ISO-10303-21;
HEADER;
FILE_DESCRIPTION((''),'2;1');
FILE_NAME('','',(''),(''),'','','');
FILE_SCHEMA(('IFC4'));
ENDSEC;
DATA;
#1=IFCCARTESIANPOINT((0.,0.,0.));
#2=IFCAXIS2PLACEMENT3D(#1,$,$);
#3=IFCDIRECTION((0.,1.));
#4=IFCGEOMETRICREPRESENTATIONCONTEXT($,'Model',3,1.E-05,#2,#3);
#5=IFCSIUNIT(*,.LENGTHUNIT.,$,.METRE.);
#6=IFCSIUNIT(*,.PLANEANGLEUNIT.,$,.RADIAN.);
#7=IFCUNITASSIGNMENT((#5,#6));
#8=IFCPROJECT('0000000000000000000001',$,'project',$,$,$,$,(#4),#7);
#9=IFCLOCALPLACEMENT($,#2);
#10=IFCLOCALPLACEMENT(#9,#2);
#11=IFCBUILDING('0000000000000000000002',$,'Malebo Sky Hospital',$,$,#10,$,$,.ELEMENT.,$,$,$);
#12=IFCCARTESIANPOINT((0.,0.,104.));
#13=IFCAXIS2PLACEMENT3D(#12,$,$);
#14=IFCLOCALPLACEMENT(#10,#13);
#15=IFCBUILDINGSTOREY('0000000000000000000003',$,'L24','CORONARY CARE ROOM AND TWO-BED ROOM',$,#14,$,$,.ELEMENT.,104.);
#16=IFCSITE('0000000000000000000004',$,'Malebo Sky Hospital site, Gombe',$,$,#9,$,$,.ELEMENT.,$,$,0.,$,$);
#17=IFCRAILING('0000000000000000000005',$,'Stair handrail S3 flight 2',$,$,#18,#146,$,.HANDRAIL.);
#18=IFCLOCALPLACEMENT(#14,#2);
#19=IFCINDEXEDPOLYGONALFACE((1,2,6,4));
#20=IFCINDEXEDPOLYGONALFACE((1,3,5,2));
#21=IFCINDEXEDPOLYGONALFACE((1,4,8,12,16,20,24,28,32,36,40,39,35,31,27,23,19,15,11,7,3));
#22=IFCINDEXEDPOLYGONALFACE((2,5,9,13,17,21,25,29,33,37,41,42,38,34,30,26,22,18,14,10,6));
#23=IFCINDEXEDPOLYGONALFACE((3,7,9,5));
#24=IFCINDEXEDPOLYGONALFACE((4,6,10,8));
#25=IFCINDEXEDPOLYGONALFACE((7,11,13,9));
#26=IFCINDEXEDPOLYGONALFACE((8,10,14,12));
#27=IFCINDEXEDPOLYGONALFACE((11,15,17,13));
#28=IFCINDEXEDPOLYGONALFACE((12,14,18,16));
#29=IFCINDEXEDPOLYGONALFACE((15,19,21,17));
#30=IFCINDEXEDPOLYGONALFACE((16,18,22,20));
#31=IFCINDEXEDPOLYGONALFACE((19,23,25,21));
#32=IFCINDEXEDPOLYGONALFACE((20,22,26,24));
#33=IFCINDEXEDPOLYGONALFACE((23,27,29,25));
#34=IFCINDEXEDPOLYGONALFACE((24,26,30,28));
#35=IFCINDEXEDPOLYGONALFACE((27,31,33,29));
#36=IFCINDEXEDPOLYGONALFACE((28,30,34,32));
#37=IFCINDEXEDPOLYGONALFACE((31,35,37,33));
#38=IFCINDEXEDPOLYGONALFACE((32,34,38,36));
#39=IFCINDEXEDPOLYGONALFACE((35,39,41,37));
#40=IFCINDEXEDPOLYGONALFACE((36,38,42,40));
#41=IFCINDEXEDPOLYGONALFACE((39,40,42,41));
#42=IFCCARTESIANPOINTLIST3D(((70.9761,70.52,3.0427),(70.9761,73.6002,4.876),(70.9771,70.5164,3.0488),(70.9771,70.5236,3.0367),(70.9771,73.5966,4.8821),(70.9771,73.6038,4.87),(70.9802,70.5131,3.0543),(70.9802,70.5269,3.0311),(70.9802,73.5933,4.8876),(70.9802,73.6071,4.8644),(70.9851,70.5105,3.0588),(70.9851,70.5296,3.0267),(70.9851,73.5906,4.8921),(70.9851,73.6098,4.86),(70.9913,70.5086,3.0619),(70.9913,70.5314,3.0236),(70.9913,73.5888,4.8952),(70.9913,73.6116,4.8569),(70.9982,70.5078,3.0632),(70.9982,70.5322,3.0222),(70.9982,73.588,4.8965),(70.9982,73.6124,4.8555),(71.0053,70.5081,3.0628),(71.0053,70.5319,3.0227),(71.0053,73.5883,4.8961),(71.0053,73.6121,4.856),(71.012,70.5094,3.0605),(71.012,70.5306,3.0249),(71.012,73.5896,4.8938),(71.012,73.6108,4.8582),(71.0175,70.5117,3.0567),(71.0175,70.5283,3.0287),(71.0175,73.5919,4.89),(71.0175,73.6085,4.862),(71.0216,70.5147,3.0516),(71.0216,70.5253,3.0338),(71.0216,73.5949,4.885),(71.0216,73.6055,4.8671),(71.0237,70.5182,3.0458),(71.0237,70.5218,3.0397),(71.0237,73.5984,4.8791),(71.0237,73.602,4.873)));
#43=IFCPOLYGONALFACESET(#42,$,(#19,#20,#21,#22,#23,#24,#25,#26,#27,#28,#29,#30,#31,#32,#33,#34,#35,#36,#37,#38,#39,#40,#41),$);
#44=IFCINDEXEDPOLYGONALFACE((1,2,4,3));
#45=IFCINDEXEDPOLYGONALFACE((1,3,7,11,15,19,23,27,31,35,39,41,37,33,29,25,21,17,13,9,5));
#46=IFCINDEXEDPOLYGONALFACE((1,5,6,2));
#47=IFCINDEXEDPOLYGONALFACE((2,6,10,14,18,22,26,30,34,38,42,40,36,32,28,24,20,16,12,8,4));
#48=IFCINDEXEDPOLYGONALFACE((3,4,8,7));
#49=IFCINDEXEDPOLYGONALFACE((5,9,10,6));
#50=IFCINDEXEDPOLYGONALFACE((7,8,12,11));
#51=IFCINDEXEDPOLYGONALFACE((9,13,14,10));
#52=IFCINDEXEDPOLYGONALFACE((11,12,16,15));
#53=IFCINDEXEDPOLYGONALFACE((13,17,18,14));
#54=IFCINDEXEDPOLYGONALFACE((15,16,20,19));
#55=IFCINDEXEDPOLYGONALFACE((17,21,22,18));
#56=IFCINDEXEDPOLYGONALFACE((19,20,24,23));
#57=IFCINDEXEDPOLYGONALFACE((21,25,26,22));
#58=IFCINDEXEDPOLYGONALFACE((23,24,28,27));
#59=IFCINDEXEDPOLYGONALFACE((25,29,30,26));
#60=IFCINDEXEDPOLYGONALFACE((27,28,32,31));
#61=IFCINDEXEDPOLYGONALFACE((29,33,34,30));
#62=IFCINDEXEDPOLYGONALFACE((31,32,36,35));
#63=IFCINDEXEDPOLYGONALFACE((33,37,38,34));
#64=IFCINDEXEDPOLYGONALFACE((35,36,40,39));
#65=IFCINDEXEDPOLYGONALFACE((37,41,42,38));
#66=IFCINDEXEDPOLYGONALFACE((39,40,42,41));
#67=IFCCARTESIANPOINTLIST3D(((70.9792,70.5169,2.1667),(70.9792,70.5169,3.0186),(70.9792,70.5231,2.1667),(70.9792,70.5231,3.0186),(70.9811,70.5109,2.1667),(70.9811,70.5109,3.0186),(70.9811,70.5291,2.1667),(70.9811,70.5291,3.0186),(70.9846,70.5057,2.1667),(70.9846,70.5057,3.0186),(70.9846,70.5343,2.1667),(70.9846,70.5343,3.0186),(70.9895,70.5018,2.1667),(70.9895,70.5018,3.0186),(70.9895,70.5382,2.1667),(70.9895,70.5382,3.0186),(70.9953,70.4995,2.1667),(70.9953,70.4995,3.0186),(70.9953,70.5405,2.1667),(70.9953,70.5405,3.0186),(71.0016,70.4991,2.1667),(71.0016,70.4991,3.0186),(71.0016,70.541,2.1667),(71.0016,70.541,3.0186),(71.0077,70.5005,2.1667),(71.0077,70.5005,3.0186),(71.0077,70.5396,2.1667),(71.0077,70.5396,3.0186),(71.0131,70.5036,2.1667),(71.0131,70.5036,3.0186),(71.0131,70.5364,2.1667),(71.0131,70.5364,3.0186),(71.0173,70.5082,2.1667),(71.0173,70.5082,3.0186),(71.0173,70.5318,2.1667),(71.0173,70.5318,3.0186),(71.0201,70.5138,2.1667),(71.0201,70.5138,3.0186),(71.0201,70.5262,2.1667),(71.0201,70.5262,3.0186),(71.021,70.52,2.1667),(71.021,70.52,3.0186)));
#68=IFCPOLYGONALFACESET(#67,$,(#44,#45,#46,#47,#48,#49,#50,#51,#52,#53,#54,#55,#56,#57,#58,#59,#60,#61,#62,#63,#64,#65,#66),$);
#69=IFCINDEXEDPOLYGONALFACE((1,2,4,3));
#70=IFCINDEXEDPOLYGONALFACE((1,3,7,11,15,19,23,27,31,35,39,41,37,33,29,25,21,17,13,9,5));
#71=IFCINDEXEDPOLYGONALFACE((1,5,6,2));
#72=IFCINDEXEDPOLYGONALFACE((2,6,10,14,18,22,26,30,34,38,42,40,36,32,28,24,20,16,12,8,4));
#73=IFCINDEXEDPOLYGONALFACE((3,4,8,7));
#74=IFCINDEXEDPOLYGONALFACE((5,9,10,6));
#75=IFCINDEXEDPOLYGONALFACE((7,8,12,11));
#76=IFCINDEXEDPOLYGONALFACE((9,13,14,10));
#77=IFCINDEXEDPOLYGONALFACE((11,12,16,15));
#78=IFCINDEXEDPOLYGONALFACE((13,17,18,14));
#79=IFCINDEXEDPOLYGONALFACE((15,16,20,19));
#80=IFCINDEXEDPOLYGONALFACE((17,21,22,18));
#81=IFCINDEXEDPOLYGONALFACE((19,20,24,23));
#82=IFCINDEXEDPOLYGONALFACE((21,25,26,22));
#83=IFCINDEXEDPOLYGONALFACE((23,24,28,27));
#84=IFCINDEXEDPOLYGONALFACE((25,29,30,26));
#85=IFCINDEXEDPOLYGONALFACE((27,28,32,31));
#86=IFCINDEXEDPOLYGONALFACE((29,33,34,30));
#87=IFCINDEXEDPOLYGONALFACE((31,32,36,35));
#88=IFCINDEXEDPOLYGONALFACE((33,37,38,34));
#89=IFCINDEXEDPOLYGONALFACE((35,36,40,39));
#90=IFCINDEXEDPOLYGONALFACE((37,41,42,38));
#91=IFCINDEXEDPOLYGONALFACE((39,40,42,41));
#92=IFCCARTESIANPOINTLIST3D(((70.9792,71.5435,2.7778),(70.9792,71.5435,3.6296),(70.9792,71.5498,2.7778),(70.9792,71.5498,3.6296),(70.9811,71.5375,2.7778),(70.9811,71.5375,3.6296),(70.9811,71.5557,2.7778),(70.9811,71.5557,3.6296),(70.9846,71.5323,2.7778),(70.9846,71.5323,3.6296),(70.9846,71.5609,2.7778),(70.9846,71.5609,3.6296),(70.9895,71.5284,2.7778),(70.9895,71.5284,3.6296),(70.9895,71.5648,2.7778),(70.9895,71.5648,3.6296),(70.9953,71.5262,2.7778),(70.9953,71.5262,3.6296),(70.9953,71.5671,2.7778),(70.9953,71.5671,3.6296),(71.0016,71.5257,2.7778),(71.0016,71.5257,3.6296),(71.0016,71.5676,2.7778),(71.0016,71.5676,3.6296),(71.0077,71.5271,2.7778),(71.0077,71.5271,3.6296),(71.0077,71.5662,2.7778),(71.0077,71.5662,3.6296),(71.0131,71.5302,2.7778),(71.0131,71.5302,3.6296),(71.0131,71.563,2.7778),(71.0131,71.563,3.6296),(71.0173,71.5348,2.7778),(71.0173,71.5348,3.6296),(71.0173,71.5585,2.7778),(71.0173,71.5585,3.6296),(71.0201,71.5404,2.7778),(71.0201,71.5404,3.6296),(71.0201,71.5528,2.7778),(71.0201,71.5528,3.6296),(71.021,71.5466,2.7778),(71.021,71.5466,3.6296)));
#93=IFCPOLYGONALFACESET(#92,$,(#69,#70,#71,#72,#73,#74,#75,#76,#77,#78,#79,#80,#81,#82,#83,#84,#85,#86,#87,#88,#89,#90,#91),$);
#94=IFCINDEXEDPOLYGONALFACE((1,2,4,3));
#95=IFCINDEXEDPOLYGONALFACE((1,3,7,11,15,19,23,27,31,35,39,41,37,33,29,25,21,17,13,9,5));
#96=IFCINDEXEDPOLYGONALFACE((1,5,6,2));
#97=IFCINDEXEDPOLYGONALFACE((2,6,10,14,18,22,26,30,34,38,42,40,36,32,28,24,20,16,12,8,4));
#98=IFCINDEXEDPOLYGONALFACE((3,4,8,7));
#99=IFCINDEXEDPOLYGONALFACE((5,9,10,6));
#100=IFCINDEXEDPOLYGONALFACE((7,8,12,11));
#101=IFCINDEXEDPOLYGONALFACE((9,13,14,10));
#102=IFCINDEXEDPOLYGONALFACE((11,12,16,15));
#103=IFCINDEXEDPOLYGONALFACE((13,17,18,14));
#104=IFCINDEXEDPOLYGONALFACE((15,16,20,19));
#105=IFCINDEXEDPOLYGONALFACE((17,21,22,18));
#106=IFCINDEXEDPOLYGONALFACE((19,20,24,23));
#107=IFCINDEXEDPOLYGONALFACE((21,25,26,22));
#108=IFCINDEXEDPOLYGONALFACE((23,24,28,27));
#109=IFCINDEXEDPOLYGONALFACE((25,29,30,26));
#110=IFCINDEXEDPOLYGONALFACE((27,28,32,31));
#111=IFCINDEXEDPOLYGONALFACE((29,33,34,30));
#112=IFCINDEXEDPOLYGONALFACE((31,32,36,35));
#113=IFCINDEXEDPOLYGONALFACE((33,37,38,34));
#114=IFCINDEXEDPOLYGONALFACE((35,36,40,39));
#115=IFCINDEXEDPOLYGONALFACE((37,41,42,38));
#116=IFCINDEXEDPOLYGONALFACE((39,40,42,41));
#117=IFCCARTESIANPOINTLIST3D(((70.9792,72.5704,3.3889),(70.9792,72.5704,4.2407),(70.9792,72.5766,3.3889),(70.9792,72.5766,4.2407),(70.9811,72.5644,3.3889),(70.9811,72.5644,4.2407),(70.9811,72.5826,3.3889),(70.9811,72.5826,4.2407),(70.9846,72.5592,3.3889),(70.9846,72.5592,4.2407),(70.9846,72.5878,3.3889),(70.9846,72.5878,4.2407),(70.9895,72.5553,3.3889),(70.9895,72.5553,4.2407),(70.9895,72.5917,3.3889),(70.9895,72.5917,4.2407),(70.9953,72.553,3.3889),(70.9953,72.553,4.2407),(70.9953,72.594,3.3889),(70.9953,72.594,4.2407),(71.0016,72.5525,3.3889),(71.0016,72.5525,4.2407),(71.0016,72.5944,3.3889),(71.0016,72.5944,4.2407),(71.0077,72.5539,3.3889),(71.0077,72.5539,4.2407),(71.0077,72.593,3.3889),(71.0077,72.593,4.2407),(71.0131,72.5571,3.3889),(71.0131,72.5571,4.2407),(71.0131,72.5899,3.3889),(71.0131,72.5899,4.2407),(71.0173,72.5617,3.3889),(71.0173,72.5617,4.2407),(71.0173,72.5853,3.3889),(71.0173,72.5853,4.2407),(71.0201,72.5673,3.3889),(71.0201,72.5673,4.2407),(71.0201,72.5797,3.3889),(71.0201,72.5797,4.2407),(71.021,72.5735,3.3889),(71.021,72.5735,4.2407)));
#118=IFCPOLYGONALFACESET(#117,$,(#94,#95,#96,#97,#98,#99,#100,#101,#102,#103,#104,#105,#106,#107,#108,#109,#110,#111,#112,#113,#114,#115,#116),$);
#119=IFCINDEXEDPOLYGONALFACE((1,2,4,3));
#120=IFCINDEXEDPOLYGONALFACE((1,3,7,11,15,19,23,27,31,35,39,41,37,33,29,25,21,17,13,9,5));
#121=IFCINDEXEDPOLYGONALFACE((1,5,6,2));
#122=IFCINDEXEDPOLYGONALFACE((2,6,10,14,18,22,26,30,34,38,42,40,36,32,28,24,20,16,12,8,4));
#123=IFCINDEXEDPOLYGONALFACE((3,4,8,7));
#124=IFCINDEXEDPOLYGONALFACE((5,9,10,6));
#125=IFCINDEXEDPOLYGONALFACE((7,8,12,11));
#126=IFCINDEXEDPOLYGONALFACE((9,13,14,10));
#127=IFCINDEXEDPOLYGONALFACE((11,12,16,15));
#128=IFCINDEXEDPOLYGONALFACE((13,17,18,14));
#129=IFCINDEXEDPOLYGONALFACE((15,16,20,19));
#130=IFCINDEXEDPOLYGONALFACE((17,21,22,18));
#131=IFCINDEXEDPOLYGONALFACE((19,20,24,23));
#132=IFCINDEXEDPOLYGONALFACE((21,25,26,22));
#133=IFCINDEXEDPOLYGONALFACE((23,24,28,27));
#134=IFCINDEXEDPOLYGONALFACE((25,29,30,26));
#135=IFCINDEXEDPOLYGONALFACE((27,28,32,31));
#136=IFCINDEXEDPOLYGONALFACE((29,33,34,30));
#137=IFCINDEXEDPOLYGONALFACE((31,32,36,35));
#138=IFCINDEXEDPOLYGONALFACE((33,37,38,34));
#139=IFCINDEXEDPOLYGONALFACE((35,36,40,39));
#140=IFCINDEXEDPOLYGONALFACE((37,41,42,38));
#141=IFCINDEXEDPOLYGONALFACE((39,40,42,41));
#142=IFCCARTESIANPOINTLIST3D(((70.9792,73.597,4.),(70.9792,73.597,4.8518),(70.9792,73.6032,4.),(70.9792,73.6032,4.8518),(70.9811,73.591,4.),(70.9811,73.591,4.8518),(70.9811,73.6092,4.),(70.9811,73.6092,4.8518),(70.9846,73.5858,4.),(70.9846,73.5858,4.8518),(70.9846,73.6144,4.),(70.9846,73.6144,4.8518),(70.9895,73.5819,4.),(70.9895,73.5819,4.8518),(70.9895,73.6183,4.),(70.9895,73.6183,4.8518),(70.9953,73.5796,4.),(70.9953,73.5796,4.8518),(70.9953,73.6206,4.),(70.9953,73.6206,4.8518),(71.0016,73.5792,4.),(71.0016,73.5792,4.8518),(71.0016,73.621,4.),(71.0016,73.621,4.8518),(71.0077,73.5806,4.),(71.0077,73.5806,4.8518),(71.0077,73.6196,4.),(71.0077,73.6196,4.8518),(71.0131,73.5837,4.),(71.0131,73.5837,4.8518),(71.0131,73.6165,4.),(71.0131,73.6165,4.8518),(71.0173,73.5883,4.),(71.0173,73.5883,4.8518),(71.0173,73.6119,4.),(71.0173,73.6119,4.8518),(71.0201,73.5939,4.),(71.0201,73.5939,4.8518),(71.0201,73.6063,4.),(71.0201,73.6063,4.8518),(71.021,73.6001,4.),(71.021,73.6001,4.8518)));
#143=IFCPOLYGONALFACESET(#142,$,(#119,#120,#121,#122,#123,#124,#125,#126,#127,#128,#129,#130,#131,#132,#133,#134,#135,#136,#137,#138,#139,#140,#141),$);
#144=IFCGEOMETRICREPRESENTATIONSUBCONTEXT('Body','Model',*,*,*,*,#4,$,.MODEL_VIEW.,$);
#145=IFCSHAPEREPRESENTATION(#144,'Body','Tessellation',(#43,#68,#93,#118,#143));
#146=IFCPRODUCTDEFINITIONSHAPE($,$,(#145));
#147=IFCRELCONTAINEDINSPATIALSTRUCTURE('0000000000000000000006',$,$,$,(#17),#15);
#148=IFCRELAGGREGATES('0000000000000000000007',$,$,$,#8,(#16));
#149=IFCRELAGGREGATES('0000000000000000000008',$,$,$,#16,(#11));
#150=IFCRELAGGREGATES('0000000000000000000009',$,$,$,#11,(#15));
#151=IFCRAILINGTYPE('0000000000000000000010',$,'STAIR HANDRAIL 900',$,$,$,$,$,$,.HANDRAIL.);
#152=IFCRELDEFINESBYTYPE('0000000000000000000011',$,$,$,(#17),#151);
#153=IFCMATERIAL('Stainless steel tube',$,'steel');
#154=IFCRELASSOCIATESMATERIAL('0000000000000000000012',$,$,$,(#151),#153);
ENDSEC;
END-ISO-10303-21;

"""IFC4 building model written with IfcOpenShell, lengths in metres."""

from ifc_helpers import new_model, si_unit, direction, frame, origin, origin_2d, place, context, subcontext, project, spatial, circle, extrude, material, type_object, element, save


model = new_model("IFC4")

# Units and contexts
model_context = context("Model", 3, precision=1e-05, world=origin(), true_north=direction((0.0, 1.0)))
body_context = subcontext(model_context, "Body", "Model", "MODEL_VIEW")
ifc_project = project(units=[si_unit("LENGTHUNIT", "METRE"), si_unit("PLANEANGLEUNIT", "RADIAN")], contexts=[model_context])

# Site, building, storey
site_placement = place(None, origin())
site = spatial("IfcSite", under=ifc_project, at=site_placement, Name="Malebo Sky Hospital site, Gombe", CompositionType="ELEMENT", RefElevation=0.0)
building_placement = place(site_placement, origin())
building = spatial("IfcBuilding", under=site, at=building_placement, Name="Malebo Sky Hospital", CompositionType="ELEMENT")
storey_placement = place(building_placement, frame((0.0, 0.0, 104.0)))
storey = spatial("IfcBuildingStorey", under=building, at=storey_placement, Name="L24", Description="CORONARY CARE ROOM AND TWO-BED ROOM", CompositionType="ELEMENT", Elevation=104.0)

# Railing
ifc_material_1 = material(Name="Stainless steel tube", Category="steel")
railing_type = type_object("IfcRailingType", Name="STAIR HANDRAIL 900", PredefinedType="HANDRAIL", material=ifc_material_1)
railing_1_placement = place(storey_placement, frame((71.0, 70.52, 2.1667)))
element("IfcRailing", 1, at=railing_1_placement, inside=storey, type_object=railing_type, Name="Stair handrail S3 flight 2", PredefinedType="HANDRAIL", context=body_context, shape_type="SweptSolid", body=[
    extrude(circle(Radius=0.0239, at=origin_2d()), frame((0.0, 0.0, 0.876), z_axis=(0.0, 0.859309, 0.511458), x_axis=(-1.0, 0.0, 0.0)), (0.0, 0.0, 1.0), 3.5845),
    extrude(circle(Radius=0.021, at=origin_2d()), origin(), (0.0, 0.0, 1.0), 0.8518),
    extrude(circle(Radius=0.021, at=origin_2d()), frame((0.0, 1.0266, 0.6111)), (0.0, 0.0, 1.0), 0.8518),
    extrude(circle(Radius=0.021, at=origin_2d()), frame((0.0, 2.0535, 1.2222)), (0.0, 0.0, 1.0), 0.8518),
    extrude(circle(Radius=0.021, at=origin_2d()), frame((0.0, 3.0801, 1.8333)), (0.0, 0.0, 1.0), 0.8518),
])

save(model, "model.ifc")
